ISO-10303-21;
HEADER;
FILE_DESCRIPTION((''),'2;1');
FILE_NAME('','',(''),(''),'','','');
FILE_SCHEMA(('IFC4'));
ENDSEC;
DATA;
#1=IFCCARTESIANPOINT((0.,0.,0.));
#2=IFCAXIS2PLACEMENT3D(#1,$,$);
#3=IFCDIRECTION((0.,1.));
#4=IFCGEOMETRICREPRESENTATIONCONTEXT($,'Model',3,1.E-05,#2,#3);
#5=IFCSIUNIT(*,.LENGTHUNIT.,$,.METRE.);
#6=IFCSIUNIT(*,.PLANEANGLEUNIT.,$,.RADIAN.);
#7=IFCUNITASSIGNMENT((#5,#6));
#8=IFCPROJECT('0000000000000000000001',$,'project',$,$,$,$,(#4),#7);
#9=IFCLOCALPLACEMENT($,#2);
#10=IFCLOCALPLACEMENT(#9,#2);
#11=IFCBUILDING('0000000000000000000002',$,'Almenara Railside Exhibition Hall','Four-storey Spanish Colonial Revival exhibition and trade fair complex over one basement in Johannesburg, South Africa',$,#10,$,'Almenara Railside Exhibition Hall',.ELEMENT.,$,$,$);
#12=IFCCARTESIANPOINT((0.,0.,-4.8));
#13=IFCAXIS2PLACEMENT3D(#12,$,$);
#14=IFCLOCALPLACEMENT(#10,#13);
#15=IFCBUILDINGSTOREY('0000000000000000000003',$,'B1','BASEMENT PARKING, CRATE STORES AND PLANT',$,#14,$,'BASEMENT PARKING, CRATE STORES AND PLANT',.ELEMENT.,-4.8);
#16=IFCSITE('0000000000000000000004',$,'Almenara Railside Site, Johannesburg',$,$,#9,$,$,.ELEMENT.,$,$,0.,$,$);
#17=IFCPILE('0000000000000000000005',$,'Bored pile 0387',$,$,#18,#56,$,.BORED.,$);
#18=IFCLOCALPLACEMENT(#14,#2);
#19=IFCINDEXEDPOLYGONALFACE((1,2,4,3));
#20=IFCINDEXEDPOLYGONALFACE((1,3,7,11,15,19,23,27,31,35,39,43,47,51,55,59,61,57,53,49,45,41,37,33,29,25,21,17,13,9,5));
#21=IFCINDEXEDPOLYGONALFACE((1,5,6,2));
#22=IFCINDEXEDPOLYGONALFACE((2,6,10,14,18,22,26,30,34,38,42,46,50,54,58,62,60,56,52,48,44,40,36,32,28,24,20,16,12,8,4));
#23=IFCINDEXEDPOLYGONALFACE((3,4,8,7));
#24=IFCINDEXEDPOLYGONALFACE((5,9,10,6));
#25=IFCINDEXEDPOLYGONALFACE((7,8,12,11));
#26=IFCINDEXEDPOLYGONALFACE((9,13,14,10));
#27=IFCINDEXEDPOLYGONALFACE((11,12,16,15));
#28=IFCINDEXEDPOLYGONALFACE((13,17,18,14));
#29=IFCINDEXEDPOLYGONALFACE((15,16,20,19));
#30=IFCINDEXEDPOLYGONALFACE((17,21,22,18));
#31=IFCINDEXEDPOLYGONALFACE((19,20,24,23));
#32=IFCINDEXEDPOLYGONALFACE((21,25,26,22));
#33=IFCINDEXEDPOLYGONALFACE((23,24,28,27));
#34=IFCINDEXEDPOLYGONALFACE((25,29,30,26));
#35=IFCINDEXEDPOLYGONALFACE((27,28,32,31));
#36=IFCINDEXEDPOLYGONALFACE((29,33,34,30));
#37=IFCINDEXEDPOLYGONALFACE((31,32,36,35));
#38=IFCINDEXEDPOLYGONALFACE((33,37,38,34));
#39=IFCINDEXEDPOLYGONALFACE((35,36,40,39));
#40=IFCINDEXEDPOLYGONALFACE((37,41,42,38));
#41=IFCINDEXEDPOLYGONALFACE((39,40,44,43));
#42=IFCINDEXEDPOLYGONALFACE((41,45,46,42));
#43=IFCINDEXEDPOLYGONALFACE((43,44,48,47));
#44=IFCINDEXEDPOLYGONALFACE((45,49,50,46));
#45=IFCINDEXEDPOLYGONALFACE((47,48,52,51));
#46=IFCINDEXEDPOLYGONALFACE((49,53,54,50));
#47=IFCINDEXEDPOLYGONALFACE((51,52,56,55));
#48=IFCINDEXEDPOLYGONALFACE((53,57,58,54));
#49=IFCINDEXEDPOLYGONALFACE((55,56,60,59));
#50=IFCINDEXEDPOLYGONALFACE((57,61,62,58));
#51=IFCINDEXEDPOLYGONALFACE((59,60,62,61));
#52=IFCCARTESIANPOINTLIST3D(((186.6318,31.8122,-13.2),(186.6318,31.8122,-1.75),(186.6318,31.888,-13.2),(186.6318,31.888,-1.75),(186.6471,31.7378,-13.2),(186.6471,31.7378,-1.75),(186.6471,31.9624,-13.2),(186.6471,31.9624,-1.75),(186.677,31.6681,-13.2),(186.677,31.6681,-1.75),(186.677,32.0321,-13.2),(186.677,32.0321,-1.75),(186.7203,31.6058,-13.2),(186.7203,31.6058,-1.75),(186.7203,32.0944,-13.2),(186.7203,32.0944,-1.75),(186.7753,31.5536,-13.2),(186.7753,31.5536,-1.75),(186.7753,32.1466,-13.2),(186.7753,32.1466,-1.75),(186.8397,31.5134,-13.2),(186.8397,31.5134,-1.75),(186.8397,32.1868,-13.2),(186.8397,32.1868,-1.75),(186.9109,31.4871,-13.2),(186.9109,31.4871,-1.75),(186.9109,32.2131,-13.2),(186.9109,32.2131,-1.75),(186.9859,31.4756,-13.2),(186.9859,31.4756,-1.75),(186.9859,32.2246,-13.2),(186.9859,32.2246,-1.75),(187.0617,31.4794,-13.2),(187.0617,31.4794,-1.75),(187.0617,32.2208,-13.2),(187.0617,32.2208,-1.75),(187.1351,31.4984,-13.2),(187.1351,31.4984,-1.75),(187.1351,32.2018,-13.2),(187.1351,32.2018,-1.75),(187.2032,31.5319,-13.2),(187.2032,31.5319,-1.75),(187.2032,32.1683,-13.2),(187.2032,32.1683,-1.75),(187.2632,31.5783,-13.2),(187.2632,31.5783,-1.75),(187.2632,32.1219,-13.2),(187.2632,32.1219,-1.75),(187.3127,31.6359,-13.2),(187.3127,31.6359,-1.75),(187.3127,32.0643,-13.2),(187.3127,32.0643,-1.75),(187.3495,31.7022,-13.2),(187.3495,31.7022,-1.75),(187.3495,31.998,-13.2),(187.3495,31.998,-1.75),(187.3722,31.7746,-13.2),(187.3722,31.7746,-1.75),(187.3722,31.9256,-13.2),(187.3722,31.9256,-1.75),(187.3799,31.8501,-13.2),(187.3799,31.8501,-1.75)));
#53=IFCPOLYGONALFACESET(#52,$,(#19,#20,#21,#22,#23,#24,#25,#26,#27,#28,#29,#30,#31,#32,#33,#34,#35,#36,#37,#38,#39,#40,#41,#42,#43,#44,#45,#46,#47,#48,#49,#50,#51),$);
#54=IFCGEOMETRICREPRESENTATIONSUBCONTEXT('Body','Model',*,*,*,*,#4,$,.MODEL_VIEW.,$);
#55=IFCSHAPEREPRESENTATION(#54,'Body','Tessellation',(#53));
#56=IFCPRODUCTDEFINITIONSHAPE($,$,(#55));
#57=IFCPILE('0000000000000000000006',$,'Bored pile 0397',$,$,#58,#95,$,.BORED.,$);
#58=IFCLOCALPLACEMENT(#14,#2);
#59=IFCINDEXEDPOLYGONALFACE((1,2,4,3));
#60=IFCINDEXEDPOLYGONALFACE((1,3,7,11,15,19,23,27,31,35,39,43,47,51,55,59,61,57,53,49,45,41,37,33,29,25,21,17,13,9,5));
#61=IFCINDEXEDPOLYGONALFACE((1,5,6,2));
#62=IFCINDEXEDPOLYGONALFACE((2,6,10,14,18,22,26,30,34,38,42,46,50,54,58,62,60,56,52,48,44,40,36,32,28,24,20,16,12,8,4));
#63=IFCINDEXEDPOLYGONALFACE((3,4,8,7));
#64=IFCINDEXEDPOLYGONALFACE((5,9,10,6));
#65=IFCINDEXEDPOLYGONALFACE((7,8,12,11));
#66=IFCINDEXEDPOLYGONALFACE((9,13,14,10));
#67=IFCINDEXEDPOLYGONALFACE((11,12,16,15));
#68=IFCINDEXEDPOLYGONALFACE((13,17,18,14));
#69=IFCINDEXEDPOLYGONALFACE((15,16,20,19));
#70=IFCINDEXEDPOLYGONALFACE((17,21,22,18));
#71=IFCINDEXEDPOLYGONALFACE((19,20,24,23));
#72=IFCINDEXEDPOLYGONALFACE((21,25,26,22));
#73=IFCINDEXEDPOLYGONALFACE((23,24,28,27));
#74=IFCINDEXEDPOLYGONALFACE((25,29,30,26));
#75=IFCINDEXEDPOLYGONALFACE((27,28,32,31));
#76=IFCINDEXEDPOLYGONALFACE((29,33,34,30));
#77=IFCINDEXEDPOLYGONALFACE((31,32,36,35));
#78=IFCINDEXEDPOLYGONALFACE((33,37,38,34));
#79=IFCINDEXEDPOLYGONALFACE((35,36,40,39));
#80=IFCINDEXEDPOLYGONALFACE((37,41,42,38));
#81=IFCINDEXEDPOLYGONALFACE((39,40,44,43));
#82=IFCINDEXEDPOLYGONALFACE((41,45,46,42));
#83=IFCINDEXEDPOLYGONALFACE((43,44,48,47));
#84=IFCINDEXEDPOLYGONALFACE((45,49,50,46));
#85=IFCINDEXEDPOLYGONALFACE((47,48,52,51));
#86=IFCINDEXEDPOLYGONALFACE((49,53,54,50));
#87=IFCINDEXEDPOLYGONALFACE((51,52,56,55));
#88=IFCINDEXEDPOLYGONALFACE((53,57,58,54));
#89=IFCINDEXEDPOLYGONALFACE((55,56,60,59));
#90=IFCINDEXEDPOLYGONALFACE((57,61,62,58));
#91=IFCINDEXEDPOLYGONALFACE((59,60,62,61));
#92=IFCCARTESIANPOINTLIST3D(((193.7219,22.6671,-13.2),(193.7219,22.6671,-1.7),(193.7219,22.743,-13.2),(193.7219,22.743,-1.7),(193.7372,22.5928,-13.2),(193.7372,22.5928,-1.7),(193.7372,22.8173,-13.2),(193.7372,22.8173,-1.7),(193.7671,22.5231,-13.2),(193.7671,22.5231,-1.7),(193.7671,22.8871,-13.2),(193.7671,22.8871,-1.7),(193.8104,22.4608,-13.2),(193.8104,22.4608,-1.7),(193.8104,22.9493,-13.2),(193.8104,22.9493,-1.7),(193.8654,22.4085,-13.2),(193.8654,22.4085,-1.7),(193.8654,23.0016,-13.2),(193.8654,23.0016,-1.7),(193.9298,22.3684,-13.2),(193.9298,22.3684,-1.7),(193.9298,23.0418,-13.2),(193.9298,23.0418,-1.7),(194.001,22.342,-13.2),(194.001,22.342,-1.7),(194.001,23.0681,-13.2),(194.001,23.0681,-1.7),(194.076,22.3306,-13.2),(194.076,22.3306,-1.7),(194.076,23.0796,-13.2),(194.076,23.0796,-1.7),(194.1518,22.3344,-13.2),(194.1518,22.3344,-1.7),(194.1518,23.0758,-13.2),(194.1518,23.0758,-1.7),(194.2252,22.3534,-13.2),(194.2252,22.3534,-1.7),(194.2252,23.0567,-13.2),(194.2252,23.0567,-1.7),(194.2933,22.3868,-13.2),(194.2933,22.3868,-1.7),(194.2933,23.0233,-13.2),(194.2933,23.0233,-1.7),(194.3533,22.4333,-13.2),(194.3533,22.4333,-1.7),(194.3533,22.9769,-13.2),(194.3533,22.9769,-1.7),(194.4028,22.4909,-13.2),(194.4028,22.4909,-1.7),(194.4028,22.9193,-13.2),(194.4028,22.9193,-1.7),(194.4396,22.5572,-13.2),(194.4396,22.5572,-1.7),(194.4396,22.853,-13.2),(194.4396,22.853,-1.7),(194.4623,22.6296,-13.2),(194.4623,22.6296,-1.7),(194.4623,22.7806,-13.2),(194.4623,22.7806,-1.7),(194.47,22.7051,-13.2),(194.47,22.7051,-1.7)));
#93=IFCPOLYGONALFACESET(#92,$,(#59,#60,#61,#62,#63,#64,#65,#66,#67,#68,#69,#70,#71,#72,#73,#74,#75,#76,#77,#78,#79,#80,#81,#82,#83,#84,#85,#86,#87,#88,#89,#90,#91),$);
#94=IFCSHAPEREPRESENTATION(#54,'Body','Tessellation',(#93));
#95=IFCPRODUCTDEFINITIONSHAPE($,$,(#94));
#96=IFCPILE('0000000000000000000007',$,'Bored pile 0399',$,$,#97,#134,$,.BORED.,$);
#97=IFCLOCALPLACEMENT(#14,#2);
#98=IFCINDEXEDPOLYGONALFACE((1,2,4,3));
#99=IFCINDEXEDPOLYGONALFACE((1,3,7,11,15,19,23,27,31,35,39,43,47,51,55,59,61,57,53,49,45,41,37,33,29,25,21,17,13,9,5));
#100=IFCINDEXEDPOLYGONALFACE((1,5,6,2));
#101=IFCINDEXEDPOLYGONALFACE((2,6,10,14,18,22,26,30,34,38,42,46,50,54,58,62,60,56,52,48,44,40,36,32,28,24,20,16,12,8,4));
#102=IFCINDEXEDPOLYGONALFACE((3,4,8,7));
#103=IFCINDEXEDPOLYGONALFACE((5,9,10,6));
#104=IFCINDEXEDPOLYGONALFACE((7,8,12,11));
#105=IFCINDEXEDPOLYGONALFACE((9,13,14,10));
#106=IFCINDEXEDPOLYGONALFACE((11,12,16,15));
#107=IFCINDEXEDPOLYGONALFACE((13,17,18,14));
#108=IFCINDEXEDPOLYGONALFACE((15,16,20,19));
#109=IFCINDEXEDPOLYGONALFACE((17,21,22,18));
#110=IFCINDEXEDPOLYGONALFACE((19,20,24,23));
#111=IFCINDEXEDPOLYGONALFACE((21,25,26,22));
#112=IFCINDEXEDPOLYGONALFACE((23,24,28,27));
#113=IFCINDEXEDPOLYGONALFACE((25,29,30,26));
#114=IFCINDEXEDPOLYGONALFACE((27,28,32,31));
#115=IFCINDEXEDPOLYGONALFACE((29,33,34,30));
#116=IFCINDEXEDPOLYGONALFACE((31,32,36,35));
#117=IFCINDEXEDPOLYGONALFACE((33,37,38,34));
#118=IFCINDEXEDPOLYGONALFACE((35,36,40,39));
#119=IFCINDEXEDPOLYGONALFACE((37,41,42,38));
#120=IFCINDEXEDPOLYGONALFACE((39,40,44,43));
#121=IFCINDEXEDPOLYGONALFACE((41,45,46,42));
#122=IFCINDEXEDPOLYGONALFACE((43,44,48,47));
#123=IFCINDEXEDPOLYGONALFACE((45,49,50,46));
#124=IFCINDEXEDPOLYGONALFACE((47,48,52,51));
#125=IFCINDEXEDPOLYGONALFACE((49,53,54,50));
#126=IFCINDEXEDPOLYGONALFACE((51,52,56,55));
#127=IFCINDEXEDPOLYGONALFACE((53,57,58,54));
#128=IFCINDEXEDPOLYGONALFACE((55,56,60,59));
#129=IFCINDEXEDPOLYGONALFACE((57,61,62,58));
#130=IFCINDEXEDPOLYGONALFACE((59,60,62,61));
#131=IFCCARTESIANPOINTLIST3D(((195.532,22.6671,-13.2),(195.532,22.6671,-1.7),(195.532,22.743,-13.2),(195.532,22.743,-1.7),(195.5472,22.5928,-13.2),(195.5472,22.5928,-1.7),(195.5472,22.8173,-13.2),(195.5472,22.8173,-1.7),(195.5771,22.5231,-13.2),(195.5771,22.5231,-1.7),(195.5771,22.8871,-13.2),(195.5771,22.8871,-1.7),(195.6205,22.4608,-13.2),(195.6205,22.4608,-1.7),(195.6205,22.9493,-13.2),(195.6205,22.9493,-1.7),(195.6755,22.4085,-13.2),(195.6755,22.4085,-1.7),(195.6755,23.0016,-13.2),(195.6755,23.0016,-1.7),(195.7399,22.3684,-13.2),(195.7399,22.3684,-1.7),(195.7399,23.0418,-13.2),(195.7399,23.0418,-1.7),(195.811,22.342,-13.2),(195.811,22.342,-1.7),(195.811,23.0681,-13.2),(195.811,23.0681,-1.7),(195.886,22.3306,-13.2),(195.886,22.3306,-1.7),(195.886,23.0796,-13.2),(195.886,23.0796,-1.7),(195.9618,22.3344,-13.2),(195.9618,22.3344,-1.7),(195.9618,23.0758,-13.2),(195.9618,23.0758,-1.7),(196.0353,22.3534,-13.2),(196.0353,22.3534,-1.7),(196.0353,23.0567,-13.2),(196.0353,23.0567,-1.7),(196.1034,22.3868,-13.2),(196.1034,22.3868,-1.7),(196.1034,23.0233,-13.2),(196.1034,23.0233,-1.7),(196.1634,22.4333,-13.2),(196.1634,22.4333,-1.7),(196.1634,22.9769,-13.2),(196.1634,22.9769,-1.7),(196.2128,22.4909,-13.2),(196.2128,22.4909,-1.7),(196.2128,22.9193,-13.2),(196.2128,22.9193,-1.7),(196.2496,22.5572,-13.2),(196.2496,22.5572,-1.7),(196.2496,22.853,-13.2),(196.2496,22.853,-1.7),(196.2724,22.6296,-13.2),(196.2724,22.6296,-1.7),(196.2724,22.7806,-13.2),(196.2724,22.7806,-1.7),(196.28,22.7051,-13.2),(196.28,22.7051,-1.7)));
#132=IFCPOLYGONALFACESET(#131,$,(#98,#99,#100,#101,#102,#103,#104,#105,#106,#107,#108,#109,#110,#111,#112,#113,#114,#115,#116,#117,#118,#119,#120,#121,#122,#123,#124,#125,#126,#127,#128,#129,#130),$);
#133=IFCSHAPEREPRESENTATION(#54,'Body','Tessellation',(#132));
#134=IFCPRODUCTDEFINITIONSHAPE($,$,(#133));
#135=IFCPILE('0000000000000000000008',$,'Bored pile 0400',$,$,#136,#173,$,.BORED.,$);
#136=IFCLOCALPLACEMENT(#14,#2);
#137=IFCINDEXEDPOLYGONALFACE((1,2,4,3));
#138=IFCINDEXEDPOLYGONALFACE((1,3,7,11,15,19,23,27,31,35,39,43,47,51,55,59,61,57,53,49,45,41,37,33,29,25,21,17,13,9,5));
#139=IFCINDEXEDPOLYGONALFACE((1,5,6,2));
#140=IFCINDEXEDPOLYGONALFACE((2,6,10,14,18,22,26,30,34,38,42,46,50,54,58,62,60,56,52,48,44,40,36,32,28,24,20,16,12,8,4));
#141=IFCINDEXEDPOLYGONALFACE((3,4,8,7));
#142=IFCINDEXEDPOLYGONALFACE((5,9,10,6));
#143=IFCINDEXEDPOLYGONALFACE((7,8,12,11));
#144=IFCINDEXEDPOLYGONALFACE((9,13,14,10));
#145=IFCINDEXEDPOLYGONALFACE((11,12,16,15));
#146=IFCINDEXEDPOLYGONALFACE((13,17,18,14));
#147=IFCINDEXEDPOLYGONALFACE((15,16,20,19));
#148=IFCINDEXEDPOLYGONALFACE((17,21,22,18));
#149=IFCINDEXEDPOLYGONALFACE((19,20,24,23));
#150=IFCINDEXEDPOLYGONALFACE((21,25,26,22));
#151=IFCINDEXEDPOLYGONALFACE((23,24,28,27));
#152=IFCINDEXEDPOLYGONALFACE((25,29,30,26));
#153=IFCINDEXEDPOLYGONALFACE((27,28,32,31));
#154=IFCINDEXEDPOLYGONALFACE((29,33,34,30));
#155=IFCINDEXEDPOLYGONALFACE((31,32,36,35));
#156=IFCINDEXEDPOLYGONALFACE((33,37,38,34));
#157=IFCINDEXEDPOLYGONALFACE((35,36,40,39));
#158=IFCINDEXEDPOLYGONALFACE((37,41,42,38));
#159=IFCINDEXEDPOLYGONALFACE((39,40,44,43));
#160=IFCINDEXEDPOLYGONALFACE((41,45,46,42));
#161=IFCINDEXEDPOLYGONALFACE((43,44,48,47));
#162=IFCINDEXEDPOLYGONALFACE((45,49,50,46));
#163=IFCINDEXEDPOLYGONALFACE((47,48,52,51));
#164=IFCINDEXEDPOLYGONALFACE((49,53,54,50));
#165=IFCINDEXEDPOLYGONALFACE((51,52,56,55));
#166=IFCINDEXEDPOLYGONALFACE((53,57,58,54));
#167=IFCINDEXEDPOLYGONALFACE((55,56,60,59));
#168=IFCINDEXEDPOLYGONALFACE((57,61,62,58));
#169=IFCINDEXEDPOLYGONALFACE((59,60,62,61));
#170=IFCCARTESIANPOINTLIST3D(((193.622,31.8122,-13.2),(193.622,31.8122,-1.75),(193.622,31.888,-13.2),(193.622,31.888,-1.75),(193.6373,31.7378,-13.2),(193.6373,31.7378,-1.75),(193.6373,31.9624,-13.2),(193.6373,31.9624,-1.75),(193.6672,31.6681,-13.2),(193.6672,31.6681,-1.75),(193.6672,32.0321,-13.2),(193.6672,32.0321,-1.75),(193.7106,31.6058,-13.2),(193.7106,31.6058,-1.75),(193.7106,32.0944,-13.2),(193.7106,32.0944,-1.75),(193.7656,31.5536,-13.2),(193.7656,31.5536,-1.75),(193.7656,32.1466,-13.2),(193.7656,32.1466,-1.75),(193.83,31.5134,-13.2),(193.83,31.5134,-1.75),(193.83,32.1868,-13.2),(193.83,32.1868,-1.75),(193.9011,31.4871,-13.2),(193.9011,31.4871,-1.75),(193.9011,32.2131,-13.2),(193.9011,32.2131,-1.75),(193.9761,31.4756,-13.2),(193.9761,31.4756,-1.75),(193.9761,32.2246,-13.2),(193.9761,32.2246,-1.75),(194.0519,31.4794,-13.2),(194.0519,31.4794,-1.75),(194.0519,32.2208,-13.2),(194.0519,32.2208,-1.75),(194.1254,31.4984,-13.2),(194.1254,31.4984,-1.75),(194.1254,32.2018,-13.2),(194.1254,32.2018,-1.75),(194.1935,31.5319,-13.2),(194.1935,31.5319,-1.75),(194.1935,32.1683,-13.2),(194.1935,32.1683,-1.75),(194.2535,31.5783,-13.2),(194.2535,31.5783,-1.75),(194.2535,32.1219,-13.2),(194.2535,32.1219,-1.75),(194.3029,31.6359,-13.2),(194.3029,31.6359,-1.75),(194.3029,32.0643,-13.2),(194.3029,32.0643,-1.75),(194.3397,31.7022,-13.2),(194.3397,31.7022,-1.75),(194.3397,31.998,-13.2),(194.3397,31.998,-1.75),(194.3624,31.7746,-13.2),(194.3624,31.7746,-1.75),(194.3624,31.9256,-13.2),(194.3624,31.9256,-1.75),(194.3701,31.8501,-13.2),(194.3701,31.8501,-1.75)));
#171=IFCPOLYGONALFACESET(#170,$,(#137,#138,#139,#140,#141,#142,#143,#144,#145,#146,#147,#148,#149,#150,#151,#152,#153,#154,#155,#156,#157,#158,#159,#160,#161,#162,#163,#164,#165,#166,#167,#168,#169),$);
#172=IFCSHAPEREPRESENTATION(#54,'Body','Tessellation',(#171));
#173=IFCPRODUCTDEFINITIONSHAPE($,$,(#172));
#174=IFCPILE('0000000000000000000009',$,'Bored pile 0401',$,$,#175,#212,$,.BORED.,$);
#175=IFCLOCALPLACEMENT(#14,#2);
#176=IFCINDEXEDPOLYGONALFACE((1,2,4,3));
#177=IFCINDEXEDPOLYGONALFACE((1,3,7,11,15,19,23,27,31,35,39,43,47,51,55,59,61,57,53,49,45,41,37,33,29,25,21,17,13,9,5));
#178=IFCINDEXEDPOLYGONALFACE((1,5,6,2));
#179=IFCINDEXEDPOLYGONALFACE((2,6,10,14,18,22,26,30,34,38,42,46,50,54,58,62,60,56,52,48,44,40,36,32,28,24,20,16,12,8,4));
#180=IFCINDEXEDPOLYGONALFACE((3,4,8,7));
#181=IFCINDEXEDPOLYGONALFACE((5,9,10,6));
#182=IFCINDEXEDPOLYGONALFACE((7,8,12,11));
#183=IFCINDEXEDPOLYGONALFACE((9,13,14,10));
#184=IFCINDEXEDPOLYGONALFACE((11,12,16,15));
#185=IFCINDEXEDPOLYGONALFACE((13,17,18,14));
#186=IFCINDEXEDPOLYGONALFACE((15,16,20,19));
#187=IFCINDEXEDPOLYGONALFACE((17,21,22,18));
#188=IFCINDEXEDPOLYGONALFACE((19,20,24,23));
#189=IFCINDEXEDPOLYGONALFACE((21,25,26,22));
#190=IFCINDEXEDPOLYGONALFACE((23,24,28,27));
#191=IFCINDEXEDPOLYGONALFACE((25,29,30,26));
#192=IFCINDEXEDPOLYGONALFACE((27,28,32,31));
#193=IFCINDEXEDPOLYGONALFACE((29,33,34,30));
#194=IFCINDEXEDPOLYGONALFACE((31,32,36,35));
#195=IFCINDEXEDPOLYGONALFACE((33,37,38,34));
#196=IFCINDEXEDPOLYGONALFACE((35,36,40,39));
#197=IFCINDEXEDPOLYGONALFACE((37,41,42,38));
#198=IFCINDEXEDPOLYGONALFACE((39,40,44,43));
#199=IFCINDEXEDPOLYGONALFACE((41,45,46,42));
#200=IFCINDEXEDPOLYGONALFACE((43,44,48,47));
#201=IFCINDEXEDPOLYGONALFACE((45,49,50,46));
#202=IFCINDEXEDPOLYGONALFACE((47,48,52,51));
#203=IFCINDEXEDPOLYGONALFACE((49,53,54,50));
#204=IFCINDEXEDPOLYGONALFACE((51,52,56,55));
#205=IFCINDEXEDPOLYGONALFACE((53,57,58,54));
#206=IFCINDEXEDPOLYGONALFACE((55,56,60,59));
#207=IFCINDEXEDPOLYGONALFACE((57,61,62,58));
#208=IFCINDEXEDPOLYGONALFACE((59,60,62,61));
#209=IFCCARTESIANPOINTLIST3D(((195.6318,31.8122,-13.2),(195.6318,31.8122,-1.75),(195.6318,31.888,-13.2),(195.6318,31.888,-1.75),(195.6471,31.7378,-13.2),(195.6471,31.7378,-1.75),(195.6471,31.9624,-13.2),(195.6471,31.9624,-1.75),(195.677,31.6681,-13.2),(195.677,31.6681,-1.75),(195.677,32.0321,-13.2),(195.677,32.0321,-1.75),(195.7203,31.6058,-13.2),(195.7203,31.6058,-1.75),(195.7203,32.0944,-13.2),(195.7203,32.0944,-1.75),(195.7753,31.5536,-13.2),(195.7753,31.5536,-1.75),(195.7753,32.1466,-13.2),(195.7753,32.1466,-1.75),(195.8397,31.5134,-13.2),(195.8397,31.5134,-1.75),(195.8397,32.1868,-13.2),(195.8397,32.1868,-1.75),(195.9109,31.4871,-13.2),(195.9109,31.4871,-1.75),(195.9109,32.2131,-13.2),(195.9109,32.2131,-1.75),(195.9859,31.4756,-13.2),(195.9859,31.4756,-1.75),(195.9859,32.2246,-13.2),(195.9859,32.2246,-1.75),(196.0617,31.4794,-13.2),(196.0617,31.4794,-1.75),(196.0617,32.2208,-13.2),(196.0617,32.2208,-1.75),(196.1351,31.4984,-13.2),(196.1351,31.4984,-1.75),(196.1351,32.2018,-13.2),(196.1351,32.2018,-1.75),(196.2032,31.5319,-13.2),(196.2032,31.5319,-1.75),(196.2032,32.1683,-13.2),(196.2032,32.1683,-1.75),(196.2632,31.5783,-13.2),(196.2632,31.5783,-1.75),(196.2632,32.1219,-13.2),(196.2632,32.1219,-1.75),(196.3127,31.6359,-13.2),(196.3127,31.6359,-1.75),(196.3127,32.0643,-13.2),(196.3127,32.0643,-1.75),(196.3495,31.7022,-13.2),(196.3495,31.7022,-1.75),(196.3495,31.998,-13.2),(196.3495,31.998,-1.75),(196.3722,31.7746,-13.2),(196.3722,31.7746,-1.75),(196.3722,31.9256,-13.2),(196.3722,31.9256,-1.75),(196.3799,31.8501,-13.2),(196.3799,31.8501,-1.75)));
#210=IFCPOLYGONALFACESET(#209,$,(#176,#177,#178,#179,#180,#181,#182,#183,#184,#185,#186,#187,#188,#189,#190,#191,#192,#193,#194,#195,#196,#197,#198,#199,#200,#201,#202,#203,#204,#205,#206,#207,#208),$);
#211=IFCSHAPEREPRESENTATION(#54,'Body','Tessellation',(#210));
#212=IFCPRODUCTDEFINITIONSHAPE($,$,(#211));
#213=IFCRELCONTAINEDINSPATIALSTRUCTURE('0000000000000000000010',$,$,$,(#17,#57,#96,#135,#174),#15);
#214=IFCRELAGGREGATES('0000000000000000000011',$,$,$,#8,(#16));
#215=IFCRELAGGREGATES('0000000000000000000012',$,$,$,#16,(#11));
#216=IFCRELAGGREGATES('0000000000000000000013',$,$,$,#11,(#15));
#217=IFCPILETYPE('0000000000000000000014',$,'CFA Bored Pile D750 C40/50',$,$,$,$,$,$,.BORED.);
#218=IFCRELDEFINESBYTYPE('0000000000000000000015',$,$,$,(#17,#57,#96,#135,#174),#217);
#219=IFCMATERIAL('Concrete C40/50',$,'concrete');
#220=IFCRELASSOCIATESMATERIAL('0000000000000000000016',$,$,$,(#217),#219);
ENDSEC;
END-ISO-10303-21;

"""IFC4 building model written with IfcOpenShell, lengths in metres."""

from ifc_helpers import new_model, si_unit, direction, frame, origin, origin_2d, place, context, subcontext, project, spatial, circle, extrude, material, material_profile, profile_set, type_object, element, save


model = new_model("IFC4")

# Units and contexts
model_context = context("Model", 3, precision=1e-05, world=origin(), true_north=direction((0.0, 1.0)))
body_context = subcontext(model_context, "Body", "Model", "MODEL_VIEW")
ifc_project = project(units=[si_unit("LENGTHUNIT", "METRE"), si_unit("PLANEANGLEUNIT", "RADIAN")], contexts=[model_context])

# Site, building, storey
site_placement = place(None, origin())
site = spatial("IfcSite", under=ifc_project, at=site_placement, Name="Almenara Railside Site, Johannesburg", CompositionType="ELEMENT", RefElevation=0.0)
building_placement = place(site_placement, origin())
building = spatial("IfcBuilding", under=site, at=building_placement, Name="Almenara Railside Exhibition Hall", Description="Four-storey Spanish Colonial Revival exhibition and trade fair complex over one basement in Johannesburg, South Africa", LongName="Almenara Railside Exhibition Hall", CompositionType="ELEMENT")
storey_placement = place(building_placement, frame((0.0, 0.0, -4.8)))
storey = spatial("IfcBuildingStorey", under=building, at=storey_placement, Name="B1", Description="BASEMENT PARKING, CRATE STORES AND PLANT", LongName="BASEMENT PARKING, CRATE STORES AND PLANT", CompositionType="ELEMENT", Elevation=-4.8)

# Piles
ifc_material_1 = material(Name="Concrete C40/50", Category="concrete")
ifc_material_profile_1 = material_profile(ifc_material_1, circle(Radius=0.375, at=origin_2d()), Name="CFA-PILE D750")
ifc_profile_set_1 = profile_set([ifc_material_profile_1], Name="Concrete C40/50")
pile_type_1 = type_object("IfcPileType", Name="CFA Bored Pile D750 C40/50", PredefinedType="BORED", material=ifc_profile_set_1)
pile_placement = place(storey_placement, frame((187.0049, 31.8501, -1.75), z_axis=(0.0, 0.0, -1.0), x_axis=(1.0, 0.0, 0.0)))
element("IfcPile", 1, at=pile_placement, inside=storey, type_object=pile_type_1, Name="Bored pile 0387", PredefinedType="BORED", context=body_context, shape_type="SweptSolid", body=[
    extrude(circle(Radius=0.375, at=origin_2d()), origin(), (0.0, 0.0, 1.0), 11.45),
])
for number, where, z_axis, x_axis, name in (
    (2, (194.095, 22.7051, -1.7), (0.0, 0.0, -1.0), (1.0, 0.0, 0.0), "Bored pile 0397"),
    (3, (195.905, 22.7051, -1.7), (0.0, 0.0, -1.0), (1.0, 0.0, 0.0), "Bored pile 0399"),
):
    element("IfcPile", number, at=place(storey_placement, frame(where, z_axis=z_axis, x_axis=x_axis)), inside=storey, type_object=pile_type_1, Name=name, PredefinedType="BORED", context=body_context, shape_type="SweptSolid", body=[
        extrude(circle(Radius=0.375, at=origin_2d()), origin(), (0.0, 0.0, 1.0), 11.5),
    ])
for number, where, z_axis, x_axis, name in (
    (4, (193.9951, 31.8501, -1.75), (0.0, 0.0, -1.0), (1.0, 0.0, 0.0), "Bored pile 0400"),
    (5, (196.0049, 31.8501, -1.75), (0.0, 0.0, -1.0), (1.0, 0.0, 0.0), "Bored pile 0401"),
):
    element("IfcPile", number, at=place(storey_placement, frame(where, z_axis=z_axis, x_axis=x_axis)), inside=storey, type_object=pile_type_1, Name=name, PredefinedType="BORED", context=body_context, shape_type="SweptSolid", body=[
        extrude(circle(Radius=0.375, at=origin_2d()), origin(), (0.0, 0.0, 1.0), 11.45),
    ])

save(model, "model.ifc")
